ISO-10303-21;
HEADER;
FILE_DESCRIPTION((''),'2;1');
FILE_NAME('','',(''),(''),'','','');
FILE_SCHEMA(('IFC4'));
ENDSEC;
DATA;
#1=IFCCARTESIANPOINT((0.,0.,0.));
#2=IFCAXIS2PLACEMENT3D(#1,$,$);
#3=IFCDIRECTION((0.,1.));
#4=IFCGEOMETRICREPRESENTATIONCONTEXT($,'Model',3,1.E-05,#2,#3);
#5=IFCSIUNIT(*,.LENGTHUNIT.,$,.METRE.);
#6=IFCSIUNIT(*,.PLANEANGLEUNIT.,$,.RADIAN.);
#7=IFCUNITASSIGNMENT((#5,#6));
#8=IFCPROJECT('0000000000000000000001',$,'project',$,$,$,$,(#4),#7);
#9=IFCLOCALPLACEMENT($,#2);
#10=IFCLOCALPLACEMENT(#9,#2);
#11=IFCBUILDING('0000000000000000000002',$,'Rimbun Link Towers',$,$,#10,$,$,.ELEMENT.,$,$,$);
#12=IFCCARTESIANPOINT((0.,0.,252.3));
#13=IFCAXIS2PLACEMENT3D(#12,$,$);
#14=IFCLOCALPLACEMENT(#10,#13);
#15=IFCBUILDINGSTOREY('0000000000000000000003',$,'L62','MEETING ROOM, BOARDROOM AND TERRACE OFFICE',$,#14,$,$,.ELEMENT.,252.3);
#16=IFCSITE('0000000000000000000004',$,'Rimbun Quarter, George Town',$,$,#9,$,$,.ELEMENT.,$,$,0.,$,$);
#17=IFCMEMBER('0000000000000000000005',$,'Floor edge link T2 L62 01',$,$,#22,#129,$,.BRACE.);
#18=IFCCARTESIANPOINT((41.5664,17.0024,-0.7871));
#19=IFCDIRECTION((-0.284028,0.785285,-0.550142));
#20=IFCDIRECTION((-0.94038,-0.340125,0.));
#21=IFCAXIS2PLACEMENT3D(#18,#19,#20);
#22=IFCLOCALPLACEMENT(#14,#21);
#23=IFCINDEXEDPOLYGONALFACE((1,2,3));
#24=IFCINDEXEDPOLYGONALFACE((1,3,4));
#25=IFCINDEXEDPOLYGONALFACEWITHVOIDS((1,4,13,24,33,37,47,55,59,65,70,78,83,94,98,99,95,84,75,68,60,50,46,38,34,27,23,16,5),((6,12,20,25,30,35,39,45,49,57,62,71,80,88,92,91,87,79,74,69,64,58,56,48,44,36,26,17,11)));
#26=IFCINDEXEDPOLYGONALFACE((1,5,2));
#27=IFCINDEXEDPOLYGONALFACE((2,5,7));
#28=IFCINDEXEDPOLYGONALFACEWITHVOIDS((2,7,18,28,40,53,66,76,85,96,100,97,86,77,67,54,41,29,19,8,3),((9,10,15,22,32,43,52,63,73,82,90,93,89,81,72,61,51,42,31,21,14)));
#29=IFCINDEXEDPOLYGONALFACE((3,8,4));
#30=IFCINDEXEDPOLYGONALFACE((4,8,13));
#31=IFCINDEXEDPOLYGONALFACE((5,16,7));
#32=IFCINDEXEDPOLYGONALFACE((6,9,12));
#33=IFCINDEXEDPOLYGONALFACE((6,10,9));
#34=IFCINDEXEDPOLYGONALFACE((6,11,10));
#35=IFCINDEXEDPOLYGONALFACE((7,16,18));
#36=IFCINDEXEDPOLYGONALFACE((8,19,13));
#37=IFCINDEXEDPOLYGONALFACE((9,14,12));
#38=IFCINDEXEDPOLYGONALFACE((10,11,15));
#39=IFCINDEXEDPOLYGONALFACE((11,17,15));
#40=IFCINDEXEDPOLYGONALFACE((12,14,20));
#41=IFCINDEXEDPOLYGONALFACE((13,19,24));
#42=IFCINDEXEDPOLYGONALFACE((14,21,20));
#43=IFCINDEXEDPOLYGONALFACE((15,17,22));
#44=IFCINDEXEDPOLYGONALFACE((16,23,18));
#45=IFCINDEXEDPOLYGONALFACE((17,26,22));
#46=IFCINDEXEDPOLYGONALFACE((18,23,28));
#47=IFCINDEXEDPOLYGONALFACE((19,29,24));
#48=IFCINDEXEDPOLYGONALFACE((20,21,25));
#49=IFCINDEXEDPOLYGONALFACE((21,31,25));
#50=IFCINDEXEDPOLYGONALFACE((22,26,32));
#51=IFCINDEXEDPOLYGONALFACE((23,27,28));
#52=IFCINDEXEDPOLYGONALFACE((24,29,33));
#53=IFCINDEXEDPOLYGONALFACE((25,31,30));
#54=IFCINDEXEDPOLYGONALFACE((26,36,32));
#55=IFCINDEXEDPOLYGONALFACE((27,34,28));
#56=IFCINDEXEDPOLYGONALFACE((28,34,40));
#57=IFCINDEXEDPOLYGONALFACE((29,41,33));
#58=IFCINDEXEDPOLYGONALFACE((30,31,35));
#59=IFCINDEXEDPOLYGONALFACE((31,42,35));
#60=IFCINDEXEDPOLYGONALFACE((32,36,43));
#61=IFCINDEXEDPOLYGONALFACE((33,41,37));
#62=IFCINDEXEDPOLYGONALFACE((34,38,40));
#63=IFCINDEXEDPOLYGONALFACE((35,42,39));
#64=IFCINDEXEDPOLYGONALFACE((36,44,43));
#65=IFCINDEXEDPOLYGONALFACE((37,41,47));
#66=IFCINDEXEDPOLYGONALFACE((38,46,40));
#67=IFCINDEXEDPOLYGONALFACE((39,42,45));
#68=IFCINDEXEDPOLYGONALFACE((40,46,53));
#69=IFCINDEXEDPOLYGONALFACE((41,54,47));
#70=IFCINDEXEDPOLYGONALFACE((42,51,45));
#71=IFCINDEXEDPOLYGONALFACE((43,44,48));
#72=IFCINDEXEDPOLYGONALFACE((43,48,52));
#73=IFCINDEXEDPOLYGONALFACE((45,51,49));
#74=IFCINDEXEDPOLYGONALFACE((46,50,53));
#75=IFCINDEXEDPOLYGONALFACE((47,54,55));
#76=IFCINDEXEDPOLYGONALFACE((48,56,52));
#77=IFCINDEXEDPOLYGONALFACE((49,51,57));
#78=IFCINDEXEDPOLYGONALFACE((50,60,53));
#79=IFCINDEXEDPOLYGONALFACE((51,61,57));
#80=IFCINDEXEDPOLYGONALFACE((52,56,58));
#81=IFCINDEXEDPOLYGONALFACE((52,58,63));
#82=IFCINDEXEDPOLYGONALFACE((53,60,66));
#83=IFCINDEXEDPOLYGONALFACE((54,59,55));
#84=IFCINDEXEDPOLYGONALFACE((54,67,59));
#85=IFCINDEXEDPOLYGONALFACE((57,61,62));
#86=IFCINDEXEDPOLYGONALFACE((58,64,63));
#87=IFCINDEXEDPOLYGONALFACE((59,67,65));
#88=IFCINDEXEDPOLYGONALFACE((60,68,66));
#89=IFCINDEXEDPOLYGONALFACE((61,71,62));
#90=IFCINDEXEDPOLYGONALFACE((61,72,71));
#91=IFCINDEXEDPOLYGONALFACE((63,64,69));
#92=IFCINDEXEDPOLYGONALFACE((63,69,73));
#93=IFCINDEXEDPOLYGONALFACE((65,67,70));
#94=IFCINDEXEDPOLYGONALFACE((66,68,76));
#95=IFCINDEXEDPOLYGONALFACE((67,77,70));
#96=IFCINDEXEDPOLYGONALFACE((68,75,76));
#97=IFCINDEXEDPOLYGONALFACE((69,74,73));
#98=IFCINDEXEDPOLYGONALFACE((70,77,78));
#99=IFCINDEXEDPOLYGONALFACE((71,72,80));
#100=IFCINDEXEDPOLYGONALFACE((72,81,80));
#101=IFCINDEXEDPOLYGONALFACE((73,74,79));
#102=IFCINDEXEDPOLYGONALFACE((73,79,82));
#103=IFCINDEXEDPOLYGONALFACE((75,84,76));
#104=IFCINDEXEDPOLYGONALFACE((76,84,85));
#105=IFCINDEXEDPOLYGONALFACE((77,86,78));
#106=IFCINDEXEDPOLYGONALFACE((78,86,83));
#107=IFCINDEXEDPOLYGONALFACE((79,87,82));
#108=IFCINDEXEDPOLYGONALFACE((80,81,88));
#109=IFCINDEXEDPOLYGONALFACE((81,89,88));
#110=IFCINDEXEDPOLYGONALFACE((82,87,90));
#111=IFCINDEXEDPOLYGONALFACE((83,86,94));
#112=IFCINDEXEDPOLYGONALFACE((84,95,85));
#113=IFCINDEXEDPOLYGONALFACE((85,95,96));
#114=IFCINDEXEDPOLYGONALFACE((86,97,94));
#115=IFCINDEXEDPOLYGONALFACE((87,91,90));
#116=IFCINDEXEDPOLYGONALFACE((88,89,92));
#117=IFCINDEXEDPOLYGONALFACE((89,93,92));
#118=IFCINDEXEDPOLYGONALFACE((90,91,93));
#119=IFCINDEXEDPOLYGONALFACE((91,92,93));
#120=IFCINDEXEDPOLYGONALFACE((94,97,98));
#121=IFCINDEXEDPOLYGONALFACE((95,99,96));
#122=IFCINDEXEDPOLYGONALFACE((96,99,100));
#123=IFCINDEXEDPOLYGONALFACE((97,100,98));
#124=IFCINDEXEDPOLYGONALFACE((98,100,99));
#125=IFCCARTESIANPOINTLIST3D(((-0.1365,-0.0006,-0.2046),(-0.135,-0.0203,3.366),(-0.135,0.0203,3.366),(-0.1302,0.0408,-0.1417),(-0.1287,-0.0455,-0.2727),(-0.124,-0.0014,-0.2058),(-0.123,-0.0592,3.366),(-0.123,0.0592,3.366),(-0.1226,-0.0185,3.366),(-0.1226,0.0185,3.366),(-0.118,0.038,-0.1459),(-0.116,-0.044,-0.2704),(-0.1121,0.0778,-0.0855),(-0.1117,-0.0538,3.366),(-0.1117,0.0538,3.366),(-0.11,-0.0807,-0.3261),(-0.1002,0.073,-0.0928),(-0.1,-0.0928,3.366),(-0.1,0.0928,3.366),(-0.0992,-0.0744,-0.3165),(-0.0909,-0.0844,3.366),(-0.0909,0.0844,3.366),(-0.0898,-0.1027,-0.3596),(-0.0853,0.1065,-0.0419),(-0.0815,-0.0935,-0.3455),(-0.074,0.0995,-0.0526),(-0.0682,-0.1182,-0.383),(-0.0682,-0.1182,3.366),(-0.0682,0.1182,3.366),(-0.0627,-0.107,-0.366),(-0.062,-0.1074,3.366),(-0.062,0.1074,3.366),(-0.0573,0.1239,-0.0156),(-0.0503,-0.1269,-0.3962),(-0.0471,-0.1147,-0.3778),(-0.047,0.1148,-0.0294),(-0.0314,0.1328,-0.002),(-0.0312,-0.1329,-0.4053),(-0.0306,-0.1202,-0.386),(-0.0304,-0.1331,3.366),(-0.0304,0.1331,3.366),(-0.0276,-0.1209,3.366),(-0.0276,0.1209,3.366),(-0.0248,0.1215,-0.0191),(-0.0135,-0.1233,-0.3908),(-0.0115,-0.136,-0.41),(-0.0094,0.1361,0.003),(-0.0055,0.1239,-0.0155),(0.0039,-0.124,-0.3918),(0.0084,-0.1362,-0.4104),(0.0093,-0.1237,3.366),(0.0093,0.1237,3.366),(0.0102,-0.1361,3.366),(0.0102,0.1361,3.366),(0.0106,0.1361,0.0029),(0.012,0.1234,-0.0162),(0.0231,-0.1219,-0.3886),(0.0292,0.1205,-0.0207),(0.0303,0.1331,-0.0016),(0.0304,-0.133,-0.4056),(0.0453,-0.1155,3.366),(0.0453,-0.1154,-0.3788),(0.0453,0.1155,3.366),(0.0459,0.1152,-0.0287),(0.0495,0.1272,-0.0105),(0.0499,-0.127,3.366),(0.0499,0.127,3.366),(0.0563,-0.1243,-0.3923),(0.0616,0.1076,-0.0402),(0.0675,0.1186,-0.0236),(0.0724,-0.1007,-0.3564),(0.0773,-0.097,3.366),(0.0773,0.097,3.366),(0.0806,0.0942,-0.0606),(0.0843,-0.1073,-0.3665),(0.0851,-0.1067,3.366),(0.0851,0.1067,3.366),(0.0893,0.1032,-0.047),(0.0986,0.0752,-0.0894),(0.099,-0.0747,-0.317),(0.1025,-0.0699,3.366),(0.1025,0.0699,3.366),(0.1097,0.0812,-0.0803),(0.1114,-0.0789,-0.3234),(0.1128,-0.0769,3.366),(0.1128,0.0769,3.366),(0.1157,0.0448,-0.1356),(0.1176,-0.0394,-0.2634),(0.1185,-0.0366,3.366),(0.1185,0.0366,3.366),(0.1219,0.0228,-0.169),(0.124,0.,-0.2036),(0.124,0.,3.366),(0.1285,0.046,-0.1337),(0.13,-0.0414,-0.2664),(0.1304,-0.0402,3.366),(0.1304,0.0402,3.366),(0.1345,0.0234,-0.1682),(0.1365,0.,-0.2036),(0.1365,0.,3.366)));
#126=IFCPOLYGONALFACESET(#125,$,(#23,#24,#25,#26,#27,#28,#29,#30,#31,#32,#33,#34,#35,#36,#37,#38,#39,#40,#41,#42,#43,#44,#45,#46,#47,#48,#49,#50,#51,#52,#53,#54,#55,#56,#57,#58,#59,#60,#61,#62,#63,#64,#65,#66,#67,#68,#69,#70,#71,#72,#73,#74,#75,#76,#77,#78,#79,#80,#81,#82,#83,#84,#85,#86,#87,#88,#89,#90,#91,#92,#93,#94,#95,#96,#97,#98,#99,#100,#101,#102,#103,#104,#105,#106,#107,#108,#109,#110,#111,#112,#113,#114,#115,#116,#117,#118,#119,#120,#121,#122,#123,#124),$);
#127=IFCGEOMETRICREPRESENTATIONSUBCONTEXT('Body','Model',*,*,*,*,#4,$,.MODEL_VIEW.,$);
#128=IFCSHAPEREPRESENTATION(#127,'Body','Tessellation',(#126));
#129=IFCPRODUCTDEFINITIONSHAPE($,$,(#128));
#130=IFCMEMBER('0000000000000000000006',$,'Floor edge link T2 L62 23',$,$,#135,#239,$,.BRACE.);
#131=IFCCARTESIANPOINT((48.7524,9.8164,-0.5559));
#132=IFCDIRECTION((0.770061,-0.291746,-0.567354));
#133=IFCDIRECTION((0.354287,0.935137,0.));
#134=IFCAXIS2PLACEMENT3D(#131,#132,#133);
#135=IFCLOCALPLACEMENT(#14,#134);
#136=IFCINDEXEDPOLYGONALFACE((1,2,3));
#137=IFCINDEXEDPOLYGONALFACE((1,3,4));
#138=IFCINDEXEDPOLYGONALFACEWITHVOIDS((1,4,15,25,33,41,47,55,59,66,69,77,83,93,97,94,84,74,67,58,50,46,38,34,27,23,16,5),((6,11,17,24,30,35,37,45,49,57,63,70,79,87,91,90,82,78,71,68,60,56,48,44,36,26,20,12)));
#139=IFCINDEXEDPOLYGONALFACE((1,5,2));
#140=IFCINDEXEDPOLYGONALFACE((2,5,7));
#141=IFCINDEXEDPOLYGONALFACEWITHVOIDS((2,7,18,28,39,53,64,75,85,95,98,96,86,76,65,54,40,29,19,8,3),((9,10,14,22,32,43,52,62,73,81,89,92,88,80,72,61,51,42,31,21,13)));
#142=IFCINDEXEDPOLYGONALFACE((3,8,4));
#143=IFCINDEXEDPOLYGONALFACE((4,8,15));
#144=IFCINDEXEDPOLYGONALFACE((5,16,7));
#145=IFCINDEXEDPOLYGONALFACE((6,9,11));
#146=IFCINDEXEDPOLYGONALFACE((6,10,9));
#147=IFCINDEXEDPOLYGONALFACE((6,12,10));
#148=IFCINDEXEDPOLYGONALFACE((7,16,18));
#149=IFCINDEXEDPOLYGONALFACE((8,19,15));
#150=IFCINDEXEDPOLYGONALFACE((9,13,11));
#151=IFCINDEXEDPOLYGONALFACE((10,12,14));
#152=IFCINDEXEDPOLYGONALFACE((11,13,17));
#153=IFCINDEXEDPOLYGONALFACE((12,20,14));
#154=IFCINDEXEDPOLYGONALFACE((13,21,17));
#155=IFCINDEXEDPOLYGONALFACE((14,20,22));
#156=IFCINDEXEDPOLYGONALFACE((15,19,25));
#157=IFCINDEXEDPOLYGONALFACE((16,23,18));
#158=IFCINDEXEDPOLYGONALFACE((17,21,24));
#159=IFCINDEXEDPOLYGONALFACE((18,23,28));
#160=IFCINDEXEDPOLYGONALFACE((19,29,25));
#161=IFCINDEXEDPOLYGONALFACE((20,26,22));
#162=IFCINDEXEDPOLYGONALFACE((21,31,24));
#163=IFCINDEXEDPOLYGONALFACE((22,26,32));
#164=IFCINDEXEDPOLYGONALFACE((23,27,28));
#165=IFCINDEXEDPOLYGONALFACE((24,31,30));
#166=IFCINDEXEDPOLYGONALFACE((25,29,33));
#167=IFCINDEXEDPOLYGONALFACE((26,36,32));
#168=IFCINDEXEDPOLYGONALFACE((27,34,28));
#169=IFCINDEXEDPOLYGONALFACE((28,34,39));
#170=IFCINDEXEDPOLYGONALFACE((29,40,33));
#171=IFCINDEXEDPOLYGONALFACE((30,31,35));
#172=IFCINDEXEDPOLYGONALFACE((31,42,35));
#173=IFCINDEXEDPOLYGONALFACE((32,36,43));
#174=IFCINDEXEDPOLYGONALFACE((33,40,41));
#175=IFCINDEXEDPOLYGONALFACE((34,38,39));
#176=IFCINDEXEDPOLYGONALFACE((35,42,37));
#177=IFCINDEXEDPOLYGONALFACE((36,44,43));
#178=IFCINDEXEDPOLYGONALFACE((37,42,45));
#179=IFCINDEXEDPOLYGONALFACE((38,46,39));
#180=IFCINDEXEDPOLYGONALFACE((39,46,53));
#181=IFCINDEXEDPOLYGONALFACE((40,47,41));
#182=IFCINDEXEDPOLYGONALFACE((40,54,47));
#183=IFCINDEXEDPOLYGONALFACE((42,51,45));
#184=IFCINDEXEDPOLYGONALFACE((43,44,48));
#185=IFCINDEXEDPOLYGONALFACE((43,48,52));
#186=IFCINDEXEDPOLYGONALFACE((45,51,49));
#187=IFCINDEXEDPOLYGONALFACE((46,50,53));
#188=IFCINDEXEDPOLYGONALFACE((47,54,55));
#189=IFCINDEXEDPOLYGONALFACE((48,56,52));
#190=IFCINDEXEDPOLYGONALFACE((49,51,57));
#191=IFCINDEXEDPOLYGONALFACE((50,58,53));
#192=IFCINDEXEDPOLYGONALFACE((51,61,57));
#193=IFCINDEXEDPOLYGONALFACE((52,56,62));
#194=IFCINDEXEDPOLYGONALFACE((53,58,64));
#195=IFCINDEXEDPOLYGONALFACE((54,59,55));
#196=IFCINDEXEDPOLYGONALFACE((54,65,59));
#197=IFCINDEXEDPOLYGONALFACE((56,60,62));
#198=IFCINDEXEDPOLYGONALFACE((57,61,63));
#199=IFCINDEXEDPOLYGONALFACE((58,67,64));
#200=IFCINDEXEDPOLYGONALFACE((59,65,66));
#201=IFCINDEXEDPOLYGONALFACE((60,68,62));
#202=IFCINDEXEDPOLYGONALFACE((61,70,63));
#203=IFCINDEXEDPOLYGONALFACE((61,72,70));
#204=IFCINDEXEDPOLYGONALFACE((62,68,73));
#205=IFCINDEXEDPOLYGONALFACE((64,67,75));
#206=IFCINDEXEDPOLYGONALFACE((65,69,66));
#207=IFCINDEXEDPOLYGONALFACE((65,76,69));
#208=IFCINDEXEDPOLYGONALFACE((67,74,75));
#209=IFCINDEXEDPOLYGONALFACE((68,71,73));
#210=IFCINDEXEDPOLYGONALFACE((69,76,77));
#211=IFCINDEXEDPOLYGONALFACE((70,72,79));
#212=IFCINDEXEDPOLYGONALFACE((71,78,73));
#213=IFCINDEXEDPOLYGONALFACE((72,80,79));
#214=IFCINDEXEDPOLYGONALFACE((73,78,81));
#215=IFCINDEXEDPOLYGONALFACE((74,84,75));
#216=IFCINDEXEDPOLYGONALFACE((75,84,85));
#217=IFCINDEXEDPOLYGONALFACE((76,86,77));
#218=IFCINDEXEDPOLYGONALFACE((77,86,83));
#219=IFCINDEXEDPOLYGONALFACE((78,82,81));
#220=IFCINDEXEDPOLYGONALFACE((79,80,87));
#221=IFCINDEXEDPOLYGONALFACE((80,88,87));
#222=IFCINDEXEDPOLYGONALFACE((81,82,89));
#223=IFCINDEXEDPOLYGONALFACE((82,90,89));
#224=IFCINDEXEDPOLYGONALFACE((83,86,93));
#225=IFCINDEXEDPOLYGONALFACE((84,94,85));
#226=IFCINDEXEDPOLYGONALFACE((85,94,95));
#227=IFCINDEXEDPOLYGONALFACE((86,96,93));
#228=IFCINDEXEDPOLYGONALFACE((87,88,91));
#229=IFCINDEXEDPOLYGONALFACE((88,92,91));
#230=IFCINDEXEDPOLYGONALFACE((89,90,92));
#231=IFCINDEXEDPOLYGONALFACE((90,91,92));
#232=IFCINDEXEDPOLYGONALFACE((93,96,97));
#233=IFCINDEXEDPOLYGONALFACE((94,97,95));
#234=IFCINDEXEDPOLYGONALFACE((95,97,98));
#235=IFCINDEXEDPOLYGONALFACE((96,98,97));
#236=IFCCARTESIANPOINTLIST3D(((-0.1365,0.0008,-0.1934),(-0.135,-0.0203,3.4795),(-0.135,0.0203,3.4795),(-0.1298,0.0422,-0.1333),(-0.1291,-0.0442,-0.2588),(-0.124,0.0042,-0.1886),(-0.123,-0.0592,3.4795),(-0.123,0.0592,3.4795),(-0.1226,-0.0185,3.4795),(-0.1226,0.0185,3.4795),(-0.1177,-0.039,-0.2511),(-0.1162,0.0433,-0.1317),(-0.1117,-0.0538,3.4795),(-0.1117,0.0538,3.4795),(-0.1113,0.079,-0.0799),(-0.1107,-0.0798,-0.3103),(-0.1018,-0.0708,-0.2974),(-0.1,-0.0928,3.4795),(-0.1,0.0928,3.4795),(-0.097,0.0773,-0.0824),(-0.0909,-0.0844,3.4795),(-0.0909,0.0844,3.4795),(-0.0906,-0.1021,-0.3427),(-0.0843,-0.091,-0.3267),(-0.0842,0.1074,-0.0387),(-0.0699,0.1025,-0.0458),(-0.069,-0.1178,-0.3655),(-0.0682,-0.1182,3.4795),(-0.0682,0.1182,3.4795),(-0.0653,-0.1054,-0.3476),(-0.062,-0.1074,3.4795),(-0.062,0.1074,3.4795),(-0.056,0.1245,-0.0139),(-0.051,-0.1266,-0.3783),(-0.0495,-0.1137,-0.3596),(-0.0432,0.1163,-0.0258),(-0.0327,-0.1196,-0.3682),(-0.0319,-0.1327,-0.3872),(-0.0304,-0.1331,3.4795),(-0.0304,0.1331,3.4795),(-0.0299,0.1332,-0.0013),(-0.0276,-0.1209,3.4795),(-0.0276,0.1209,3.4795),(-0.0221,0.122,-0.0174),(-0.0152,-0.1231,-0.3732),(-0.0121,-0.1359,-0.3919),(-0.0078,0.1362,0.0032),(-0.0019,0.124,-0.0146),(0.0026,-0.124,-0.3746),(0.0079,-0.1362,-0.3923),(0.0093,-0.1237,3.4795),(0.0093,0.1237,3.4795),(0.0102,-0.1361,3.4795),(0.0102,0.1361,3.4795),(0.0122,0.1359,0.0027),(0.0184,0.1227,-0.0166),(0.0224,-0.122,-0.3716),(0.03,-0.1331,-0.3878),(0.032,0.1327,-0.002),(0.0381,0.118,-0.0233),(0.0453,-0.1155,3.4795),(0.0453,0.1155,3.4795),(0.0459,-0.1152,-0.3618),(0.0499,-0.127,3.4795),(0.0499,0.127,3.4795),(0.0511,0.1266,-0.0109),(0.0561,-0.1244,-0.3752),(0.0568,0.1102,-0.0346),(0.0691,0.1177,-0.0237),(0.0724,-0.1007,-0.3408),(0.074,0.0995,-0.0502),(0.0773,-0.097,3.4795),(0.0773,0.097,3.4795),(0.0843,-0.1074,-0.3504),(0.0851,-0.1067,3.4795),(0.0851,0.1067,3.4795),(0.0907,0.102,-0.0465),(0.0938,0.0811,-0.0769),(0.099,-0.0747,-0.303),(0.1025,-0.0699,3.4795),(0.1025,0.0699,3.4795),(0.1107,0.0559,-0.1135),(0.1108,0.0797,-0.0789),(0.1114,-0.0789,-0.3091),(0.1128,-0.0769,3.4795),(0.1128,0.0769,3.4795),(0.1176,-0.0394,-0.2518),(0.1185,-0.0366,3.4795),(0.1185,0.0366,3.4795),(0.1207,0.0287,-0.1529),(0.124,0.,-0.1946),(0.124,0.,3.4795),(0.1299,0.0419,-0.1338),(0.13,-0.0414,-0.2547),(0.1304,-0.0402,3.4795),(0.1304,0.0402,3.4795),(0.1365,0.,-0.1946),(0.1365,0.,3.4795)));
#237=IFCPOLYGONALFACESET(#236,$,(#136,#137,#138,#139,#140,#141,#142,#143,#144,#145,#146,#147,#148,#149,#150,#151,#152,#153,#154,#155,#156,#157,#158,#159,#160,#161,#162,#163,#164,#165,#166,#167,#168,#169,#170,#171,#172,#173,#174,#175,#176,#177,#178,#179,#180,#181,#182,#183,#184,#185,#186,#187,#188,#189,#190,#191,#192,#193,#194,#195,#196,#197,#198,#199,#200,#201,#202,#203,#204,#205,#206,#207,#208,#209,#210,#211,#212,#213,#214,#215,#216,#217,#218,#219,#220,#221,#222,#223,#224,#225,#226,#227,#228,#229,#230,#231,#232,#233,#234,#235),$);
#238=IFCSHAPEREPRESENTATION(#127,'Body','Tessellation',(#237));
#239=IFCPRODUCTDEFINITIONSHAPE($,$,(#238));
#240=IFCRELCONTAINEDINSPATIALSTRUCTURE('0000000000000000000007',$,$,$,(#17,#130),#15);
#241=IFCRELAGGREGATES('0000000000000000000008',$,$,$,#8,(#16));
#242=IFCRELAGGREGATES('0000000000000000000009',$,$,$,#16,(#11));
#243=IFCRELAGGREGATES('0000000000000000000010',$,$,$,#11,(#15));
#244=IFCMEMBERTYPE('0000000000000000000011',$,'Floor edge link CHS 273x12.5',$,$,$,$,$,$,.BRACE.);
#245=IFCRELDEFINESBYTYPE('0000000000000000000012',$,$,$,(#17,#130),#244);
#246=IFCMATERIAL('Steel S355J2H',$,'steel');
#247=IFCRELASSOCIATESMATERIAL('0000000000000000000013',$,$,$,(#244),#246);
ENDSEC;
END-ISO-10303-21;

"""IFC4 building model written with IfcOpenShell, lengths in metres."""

from ifc_helpers import new_model, si_unit, direction, frame, origin, origin_2d, place, context, subcontext, project, spatial, hollow_circle, extrude, clip, halfspace, material, material_profile, profile_set, type_object, element, save


model = new_model("IFC4")

# Units and contexts
model_context = context("Model", 3, precision=1e-05, world=origin(), true_north=direction((0.0, 1.0)))
body_context = subcontext(model_context, "Body", "Model", "MODEL_VIEW")
ifc_project = project(units=[si_unit("LENGTHUNIT", "METRE"), si_unit("PLANEANGLEUNIT", "RADIAN")], contexts=[model_context])

# Site, building, storey
site_placement = place(None, origin())
site = spatial("IfcSite", under=ifc_project, at=site_placement, Name="Rimbun Quarter, George Town", CompositionType="ELEMENT", RefElevation=0.0)
building_placement = place(site_placement, origin())
building = spatial("IfcBuilding", under=site, at=building_placement, Name="Rimbun Link Towers", CompositionType="ELEMENT")
storey_placement = place(building_placement, frame((0.0, 0.0, 252.3)))
storey = spatial("IfcBuildingStorey", under=building, at=storey_placement, Name="L62", Description="MEETING ROOM, BOARDROOM AND TERRACE OFFICE", CompositionType="ELEMENT", Elevation=252.3)

# Members
ifc_material_1 = material(Name="Steel S355J2H", Category="steel")
ifc_material_profile_1 = material_profile(ifc_material_1, hollow_circle(Radius=0.1365, WallThickness=0.0125, at=origin_2d()), Name="CHS 273x12.5")
ifc_profile_set_1 = profile_set([ifc_material_profile_1], Name="Steel S355J2H")
member_type_1 = type_object("IfcMemberType", Name="Floor edge link CHS 273x12.5", PredefinedType="BRACE", material=ifc_profile_set_1)
member_1_placement = place(storey_placement, frame((41.5664, 17.0024, -0.7871), z_axis=(-0.284028, 0.785285, -0.550142), x_axis=(-0.94038, -0.340125, 0.0)))
element("IfcMember", 1, at=member_1_placement, inside=storey, type_object=member_type_1, Name="Floor edge link T2 L62 01", PredefinedType="BRACE", context=body_context, shape_type="Clipping", body=[
    clip(extrude(hollow_circle(Radius=0.1365, WallThickness=0.0125, at=origin_2d()), frame((0.0, 0.0, -0.4326)), (0.0, 0.0, 1.0), 3.7986), halfspace(frame((0.0, 0.0, -0.2036), z_axis=(0.0, 0.835071, -0.550142)), False)),
])
member_2_placement = place(storey_placement, frame((48.7524, 9.8164, -0.5559), z_axis=(0.770061, -0.291746, -0.567354), x_axis=(0.354287, 0.935137, 0.0)))
element("IfcMember", 2, at=member_2_placement, inside=storey, type_object=member_type_1, Name="Floor edge link T2 L62 23", PredefinedType="BRACE", context=body_context, shape_type="Clipping", body=[
    clip(extrude(hollow_circle(Radius=0.1365, WallThickness=0.0125, at=origin_2d()), frame((0.0, 0.0, -0.4138)), (0.0, 0.0, 1.0), 3.8933), halfspace(frame((0.0, 0.0, -0.1946), z_axis=(0.0, 0.823474, -0.567354)), False)),
])

save(model, "model.ifc")
